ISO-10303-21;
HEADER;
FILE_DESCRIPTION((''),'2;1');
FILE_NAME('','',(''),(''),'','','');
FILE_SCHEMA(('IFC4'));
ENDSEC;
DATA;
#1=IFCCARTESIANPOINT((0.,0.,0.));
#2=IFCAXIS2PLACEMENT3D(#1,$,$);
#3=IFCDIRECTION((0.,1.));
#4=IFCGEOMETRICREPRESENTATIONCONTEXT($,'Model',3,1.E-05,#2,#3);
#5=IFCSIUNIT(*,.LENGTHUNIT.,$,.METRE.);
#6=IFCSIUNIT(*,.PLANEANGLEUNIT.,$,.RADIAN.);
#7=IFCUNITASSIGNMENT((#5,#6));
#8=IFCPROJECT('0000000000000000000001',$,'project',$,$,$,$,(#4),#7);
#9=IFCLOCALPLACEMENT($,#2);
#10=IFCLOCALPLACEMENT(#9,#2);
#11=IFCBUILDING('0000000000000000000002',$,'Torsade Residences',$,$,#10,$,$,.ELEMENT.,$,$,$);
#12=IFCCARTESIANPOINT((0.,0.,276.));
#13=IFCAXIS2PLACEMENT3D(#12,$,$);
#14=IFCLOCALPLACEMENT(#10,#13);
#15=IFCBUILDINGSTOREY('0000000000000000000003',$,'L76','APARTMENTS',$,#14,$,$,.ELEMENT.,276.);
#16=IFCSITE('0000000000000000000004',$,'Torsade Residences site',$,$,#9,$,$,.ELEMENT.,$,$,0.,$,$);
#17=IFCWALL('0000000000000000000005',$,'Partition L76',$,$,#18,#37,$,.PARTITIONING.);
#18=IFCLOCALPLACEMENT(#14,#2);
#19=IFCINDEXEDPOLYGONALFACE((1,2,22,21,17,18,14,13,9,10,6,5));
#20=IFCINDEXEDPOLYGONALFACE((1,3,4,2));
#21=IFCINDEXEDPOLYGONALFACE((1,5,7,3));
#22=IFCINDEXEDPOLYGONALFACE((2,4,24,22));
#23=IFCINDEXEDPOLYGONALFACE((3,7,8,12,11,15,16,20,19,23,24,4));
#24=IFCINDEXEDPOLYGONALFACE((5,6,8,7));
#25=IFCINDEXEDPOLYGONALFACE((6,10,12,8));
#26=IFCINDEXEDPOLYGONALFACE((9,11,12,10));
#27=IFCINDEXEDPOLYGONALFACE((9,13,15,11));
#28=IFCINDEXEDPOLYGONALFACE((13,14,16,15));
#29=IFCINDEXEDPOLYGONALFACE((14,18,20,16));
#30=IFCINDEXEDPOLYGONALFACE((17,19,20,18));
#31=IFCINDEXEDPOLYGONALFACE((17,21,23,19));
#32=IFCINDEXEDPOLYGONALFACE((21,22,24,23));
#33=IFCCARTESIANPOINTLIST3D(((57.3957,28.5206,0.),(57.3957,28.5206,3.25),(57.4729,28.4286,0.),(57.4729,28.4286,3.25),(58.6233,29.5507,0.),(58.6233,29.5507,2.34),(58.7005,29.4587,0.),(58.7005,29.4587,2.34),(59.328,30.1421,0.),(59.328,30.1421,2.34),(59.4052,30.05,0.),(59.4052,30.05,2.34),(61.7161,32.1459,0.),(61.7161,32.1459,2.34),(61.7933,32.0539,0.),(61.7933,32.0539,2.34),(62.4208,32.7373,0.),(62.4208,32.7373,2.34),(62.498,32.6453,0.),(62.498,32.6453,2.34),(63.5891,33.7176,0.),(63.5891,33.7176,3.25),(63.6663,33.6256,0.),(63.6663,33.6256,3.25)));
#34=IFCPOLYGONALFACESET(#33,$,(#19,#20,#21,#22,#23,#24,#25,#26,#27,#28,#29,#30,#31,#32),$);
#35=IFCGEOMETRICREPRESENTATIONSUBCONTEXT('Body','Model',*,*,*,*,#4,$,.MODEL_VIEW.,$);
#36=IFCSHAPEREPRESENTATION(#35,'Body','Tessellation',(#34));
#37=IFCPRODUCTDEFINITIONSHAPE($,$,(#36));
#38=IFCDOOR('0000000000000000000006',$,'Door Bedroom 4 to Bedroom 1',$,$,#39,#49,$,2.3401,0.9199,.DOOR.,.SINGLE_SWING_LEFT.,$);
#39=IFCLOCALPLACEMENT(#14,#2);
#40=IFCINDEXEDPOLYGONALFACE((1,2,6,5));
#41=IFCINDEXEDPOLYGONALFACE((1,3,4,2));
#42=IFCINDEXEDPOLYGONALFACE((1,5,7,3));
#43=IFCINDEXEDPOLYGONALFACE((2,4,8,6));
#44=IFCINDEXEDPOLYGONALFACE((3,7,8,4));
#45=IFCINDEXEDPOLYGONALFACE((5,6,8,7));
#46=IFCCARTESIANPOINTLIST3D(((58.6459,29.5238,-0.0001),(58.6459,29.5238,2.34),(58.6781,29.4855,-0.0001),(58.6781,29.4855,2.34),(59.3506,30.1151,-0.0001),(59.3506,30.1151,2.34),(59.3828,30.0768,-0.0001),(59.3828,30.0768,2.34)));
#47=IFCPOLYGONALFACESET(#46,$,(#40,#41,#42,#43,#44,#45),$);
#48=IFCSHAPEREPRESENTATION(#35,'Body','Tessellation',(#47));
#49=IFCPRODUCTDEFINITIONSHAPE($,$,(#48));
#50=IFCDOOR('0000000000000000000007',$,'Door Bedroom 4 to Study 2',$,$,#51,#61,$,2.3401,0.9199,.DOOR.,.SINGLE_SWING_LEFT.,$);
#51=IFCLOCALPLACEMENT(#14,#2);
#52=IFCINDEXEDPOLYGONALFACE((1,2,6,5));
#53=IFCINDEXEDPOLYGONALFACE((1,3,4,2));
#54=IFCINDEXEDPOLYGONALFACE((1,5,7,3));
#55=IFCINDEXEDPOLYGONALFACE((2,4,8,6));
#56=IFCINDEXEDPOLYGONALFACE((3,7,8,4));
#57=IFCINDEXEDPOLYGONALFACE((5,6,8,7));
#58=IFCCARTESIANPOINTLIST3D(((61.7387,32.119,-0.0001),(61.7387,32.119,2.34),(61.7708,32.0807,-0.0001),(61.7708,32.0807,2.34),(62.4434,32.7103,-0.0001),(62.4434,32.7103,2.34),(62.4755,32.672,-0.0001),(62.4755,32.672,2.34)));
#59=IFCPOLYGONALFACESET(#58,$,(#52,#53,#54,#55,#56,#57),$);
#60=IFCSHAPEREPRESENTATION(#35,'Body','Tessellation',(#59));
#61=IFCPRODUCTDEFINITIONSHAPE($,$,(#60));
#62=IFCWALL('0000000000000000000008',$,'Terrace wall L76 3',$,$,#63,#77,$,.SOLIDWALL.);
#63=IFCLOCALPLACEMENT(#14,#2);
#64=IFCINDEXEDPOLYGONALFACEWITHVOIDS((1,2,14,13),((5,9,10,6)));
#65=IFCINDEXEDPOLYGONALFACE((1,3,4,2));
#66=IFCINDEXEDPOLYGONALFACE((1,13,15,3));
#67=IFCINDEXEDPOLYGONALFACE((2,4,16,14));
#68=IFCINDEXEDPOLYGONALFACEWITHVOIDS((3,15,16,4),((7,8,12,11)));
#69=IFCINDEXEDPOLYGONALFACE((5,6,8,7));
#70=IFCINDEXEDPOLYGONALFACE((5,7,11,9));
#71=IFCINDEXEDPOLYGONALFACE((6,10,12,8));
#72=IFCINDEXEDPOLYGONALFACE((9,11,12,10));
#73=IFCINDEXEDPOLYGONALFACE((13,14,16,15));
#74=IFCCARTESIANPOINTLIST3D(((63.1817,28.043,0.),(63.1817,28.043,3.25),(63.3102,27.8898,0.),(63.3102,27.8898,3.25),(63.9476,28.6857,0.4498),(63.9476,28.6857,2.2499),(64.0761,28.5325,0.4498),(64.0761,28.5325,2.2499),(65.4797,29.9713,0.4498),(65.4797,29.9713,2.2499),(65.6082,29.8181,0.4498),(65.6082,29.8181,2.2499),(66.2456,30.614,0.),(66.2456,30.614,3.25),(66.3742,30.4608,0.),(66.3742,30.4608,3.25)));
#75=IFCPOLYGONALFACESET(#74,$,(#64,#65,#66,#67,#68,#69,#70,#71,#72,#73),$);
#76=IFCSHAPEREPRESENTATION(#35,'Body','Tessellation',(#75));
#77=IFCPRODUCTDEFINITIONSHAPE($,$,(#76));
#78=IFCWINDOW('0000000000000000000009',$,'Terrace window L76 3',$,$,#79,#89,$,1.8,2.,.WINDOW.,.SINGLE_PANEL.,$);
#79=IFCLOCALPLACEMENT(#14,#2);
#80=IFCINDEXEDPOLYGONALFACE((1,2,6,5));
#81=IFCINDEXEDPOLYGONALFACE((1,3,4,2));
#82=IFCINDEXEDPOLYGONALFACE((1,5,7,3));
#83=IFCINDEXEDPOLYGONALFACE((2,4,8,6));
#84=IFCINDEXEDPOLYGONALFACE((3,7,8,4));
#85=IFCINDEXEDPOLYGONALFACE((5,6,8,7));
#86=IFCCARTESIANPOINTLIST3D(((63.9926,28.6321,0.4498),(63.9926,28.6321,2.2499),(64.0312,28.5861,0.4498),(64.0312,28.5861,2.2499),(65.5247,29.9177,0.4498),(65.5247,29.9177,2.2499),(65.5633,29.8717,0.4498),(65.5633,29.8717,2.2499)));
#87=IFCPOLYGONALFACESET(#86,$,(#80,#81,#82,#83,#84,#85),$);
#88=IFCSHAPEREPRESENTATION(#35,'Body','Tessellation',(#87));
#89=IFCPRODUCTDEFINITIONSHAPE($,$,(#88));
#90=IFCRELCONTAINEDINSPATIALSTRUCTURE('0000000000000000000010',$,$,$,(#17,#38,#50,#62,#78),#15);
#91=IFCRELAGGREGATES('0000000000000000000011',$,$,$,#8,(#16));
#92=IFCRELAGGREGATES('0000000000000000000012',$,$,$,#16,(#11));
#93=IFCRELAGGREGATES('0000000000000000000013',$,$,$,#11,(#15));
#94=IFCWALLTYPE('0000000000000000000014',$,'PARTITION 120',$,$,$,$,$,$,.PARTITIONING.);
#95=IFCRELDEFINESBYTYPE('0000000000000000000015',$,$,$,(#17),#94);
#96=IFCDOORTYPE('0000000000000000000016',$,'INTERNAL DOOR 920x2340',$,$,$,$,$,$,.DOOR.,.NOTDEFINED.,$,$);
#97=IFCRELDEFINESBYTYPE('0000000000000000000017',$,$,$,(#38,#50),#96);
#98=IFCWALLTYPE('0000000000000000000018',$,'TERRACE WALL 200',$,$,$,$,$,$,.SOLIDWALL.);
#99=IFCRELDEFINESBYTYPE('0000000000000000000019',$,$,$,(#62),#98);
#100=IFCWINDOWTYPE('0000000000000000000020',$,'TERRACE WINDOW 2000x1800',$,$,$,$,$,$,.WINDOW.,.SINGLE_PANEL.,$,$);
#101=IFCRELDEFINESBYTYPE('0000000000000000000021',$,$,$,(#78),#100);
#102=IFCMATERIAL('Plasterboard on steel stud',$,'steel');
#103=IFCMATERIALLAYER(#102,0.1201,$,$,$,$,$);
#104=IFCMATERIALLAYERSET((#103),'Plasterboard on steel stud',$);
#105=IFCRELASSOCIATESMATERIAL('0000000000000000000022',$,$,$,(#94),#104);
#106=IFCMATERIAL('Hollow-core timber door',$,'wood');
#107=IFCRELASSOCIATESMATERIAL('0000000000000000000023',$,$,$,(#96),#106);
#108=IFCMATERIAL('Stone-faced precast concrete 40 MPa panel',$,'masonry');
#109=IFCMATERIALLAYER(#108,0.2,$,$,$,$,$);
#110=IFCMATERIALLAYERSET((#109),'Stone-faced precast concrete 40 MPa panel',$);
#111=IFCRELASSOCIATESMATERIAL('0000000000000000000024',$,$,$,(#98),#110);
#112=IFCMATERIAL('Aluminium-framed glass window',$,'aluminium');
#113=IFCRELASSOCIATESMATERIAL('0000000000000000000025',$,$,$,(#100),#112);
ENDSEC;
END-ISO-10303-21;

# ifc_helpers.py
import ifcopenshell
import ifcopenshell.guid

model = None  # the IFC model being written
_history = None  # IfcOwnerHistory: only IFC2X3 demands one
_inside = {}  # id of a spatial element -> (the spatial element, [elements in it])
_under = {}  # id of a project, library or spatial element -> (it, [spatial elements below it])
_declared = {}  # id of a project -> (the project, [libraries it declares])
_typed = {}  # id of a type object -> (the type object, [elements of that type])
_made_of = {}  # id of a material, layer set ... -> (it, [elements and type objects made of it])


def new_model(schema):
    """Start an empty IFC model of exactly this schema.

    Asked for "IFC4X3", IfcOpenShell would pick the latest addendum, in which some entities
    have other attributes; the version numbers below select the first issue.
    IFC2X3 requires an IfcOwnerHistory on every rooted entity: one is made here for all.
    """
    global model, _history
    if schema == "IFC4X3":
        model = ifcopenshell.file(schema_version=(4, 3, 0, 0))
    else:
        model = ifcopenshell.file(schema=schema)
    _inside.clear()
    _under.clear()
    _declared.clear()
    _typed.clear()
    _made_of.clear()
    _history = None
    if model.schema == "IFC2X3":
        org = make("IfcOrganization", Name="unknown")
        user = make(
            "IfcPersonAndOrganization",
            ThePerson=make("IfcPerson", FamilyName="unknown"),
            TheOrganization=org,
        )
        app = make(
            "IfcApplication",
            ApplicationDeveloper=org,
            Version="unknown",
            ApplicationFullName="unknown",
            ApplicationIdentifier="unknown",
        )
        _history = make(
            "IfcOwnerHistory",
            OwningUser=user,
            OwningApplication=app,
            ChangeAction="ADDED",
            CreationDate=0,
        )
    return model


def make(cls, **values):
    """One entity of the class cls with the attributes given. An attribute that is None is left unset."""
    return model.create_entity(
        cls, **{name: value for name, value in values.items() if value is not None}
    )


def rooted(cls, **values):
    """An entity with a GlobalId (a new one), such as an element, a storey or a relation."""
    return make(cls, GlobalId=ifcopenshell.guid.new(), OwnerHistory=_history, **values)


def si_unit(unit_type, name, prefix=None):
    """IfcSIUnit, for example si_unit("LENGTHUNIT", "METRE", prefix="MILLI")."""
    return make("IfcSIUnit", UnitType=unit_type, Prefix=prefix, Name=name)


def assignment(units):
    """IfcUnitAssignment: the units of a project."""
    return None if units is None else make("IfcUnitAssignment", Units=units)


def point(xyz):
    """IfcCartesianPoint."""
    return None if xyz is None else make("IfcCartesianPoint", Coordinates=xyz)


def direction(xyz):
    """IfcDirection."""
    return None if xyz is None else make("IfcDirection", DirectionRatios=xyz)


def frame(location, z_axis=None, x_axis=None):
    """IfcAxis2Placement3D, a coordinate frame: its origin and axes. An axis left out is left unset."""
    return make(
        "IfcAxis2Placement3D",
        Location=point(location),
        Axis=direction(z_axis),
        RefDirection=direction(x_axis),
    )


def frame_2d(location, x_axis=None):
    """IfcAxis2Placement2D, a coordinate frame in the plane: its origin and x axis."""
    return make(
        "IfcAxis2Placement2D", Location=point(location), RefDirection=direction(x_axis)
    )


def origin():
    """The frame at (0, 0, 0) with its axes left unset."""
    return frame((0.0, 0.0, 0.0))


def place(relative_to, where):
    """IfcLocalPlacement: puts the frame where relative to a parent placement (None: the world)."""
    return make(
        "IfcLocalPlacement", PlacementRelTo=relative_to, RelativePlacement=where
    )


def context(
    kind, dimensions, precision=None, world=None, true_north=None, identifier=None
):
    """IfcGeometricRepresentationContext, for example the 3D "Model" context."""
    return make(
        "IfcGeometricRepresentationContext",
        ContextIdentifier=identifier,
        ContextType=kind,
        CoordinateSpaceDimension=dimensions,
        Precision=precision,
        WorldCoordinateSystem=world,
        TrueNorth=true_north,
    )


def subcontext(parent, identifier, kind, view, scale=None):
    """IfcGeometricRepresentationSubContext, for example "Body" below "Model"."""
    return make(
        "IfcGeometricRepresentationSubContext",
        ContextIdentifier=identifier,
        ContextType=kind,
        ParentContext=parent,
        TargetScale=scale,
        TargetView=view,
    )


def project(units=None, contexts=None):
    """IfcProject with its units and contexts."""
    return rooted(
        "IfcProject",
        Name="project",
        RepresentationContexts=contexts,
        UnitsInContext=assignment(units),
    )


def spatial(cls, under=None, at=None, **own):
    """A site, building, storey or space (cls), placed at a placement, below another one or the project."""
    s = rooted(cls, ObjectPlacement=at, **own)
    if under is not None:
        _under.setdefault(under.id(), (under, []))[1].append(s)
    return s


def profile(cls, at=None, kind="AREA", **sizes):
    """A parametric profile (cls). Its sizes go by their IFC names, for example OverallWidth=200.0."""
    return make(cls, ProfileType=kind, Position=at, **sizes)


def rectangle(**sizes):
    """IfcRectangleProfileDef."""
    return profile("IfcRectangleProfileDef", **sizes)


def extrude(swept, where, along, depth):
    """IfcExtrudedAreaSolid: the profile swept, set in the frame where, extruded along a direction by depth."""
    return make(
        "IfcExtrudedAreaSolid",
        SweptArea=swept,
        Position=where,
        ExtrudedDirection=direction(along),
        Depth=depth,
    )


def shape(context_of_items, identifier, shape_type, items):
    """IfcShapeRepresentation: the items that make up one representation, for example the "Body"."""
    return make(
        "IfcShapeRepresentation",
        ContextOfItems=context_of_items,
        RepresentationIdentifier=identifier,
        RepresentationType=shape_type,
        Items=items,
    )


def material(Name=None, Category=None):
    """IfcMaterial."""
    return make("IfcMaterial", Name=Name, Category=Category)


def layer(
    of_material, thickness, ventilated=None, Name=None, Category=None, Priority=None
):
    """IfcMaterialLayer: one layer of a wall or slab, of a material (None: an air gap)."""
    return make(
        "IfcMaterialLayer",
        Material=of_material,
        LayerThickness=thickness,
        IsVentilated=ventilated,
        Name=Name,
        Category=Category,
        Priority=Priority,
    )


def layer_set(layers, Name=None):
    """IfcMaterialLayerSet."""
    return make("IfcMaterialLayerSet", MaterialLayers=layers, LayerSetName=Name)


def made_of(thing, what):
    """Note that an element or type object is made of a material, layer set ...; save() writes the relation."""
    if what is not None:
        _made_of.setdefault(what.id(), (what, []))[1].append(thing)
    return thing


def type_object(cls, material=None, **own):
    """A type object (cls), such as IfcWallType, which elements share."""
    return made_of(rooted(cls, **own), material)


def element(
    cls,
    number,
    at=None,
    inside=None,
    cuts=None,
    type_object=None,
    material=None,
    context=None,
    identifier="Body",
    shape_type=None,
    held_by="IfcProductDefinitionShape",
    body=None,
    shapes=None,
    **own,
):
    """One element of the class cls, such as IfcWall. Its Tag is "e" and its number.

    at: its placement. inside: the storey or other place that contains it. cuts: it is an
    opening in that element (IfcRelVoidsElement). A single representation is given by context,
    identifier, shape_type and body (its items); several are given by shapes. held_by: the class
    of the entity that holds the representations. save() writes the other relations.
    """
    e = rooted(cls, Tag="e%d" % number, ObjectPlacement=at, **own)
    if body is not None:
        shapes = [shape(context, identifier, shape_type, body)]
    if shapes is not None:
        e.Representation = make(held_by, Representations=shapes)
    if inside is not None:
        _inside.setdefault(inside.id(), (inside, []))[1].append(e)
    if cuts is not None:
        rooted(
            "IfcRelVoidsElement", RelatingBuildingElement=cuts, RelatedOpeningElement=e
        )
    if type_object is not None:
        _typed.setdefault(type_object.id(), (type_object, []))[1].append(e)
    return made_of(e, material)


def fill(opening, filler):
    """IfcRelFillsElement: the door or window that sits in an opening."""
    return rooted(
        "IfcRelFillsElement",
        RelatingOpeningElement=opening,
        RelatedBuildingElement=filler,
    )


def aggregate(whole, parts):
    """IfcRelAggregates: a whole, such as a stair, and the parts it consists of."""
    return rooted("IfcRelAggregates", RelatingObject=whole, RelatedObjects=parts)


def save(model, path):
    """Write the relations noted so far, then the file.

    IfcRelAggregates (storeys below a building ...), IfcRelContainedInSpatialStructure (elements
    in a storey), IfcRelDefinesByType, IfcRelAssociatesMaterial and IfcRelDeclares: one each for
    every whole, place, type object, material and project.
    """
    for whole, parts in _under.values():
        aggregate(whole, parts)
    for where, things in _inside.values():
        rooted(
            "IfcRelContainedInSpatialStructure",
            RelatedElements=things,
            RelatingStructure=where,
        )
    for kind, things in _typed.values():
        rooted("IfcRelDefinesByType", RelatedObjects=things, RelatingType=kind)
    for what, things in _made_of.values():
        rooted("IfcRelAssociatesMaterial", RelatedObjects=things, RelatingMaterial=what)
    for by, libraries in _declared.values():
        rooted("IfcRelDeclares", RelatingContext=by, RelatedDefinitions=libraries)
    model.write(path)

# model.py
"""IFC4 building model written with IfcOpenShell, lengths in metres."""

from ifc_helpers import new_model, si_unit, direction, frame, frame_2d, origin, place, context, subcontext, project, spatial, rectangle, extrude, material, layer, layer_set, type_object, element, fill, save


model = new_model("IFC4")

# Units and contexts
model_context = context("Model", 3, precision=1e-05, world=origin(), true_north=direction((0.0, 1.0)))
body_context = subcontext(model_context, "Body", "Model", "MODEL_VIEW")
ifc_project = project(units=[si_unit("LENGTHUNIT", "METRE"), si_unit("PLANEANGLEUNIT", "RADIAN")], contexts=[model_context])

# Site, building, storey
site_placement = place(None, origin())
site = spatial("IfcSite", under=ifc_project, at=site_placement, Name="Torsade Residences site", CompositionType="ELEMENT", RefElevation=0.0)
building_placement = place(site_placement, origin())
building = spatial("IfcBuilding", under=site, at=building_placement, Name="Torsade Residences", CompositionType="ELEMENT")
storey_placement = place(building_placement, frame((0.0, 0.0, 276.0)))
storey = spatial("IfcBuildingStorey", under=building, at=storey_placement, Name="L76", Description="APARTMENTS", CompositionType="ELEMENT", Elevation=276.0)

# Shared definitions
ifc_material_1 = material(Name="Plasterboard on steel stud", Category="steel")
ifc_layer_1 = layer(ifc_material_1, 0.1201)
ifc_layer_set_1 = layer_set([ifc_layer_1], Name="Plasterboard on steel stud")
wall_type_1 = type_object("IfcWallType", Name="PARTITION 120", PredefinedType="PARTITIONING", material=ifc_layer_set_1)

# Wall, openings, doors
wall_1_placement = place(storey_placement, frame((57.4343, 28.4746, 0.0), z_axis=(0.0, 0.0, 1.0), x_axis=(0.766034, 0.6428, 0.0)))
wall_1 = element("IfcWall", 1, at=wall_1_placement, inside=storey, type_object=wall_type_1, Name="Partition L76", PredefinedType="PARTITIONING", context=body_context, shape_type="SweptSolid", body=[
    extrude(rectangle(XDim=8.085, YDim=0.1201, at=frame_2d((4.0425, 0.0))), origin(), (0.0, 0.0, 1.0), 3.25),
])
opening_1_placement = place(wall_1_placement, frame((1.6025, 0.0, 0.0)))
opening_1 = element("IfcOpeningElement", 2, at=opening_1_placement, cuts=wall_1, PredefinedType="OPENING", context=body_context, shape_type="SweptSolid", body=[
    extrude(rectangle(XDim=0.9199, YDim=2.3401, at=frame_2d((0.46, 1.1699))), frame((0.0, 0.0701, 0.0), z_axis=(0.0, -1.0, 0.0), x_axis=(1.0, 0.0, 0.0)), (0.0, 0.0, 1.0), 0.1401),
])
opening_2_placement = place(wall_1_placement, frame((5.6399, 0.0, 0.0)))
opening_2 = element("IfcOpeningElement", 3, at=opening_2_placement, cuts=wall_1, PredefinedType="OPENING", context=body_context, shape_type="SweptSolid", body=[
    extrude(rectangle(XDim=0.9199, YDim=2.3401, at=frame_2d((0.46, 1.1699))), frame((0.0, 0.0701, 0.0), z_axis=(0.0, -1.0, 0.0), x_axis=(1.0, 0.0, 0.0)), (0.0, 0.0, 1.0), 0.1401),
])
ifc_material_2 = material(Name="Hollow-core timber door", Category="wood")
door_type_1 = type_object("IfcDoorType", Name="INTERNAL DOOR 920x2340", OperationType="NOTDEFINED", PredefinedType="DOOR", material=ifc_material_2)
door_1_placement = place(opening_1_placement, origin())
door_1 = element("IfcDoor", 4, at=door_1_placement, inside=storey, type_object=door_type_1, Name="Door Bedroom 4 to Bedroom 1", OperationType="SINGLE_SWING_LEFT", OverallHeight=2.3401, OverallWidth=0.9199, PredefinedType="DOOR", context=body_context, shape_type="SweptSolid", body=[
    extrude(rectangle(XDim=0.9199, YDim=2.3401, at=frame_2d((0.46, 1.1699))), frame((0.0, 0.0249, 0.0), z_axis=(0.0, -1.0, 0.0), x_axis=(1.0, 0.0, 0.0)), (0.0, 0.0, 1.0), 0.05),
])
fill(opening_1, door_1)
door_2_placement = place(opening_2_placement, origin())
door_2 = element("IfcDoor", 5, at=door_2_placement, inside=storey, type_object=door_type_1, Name="Door Bedroom 4 to Study 2", OperationType="SINGLE_SWING_LEFT", OverallHeight=2.3401, OverallWidth=0.9199, PredefinedType="DOOR", context=body_context, shape_type="SweptSolid", body=[
    extrude(rectangle(XDim=0.9199, YDim=2.3401, at=frame_2d((0.46, 1.1699))), frame((0.0, 0.0249, 0.0), z_axis=(0.0, -1.0, 0.0), x_axis=(1.0, 0.0, 0.0)), (0.0, 0.0, 1.0), 0.05),
])
fill(opening_2, door_2)

# Shared definitions
ifc_material_3 = material(Name="Stone-faced precast concrete 40 MPa panel", Category="masonry")
ifc_layer_2 = layer(ifc_material_3, 0.2)
ifc_layer_set_2 = layer_set([ifc_layer_2], Name="Stone-faced precast concrete 40 MPa panel")
wall_type_2 = type_object("IfcWallType", Name="TERRACE WALL 200", PredefinedType="SOLIDWALL", material=ifc_layer_set_2)

# Wall, opening, window
wall_2_placement = place(storey_placement, frame((63.2458, 27.9663, 0.0), z_axis=(0.0, 0.0, 1.0), x_axis=(0.766035, 0.642798, 0.0)))
wall_2 = element("IfcWall", 6, at=wall_2_placement, inside=storey, type_object=wall_type_2, Name="Terrace wall L76 3", PredefinedType="SOLIDWALL", context=body_context, shape_type="SweptSolid", body=[
    extrude(rectangle(XDim=3.9998, YDim=0.2, at=frame_2d((2.0, 0.0))), origin(), (0.0, 0.0, 1.0), 3.25),
])
opening_3_placement = place(wall_2_placement, frame((1.0, 0.0, 0.45)))
opening_3 = element("IfcOpeningElement", 7, at=opening_3_placement, cuts=wall_2, PredefinedType="OPENING", context=body_context, shape_type="SweptSolid", body=[
    extrude(rectangle(XDim=2.0, YDim=1.8, at=frame_2d((1.0, 0.8999))), frame((0.0, 0.1099, 0.0), z_axis=(0.0, -1.0, 0.0), x_axis=(1.0, 0.0, 0.0)), (0.0, 0.0, 1.0), 0.22),
])
ifc_material_4 = material(Name="Aluminium-framed glass window", Category="aluminium")
window_type = type_object("IfcWindowType", Name="TERRACE WINDOW 2000x1800", PartitioningType="SINGLE_PANEL", PredefinedType="WINDOW", material=ifc_material_4)
window_placement = place(opening_3_placement, origin())
window = element("IfcWindow", 8, at=window_placement, inside=storey, type_object=window_type, Name="Terrace window L76 3", OverallHeight=1.8, OverallWidth=2.0, PartitioningType="SINGLE_PANEL", PredefinedType="WINDOW", context=body_context, shape_type="SweptSolid", body=[
    extrude(rectangle(XDim=2.0, YDim=1.8, at=frame_2d((1.0, 0.8999))), frame((0.0, 0.03, 0.0), z_axis=(0.0, -1.0, 0.0), x_axis=(1.0, 0.0, 0.0)), (0.0, 0.0, 1.0), 0.0601),
])
fill(opening_3, window)

save(model, "model.ifc")
